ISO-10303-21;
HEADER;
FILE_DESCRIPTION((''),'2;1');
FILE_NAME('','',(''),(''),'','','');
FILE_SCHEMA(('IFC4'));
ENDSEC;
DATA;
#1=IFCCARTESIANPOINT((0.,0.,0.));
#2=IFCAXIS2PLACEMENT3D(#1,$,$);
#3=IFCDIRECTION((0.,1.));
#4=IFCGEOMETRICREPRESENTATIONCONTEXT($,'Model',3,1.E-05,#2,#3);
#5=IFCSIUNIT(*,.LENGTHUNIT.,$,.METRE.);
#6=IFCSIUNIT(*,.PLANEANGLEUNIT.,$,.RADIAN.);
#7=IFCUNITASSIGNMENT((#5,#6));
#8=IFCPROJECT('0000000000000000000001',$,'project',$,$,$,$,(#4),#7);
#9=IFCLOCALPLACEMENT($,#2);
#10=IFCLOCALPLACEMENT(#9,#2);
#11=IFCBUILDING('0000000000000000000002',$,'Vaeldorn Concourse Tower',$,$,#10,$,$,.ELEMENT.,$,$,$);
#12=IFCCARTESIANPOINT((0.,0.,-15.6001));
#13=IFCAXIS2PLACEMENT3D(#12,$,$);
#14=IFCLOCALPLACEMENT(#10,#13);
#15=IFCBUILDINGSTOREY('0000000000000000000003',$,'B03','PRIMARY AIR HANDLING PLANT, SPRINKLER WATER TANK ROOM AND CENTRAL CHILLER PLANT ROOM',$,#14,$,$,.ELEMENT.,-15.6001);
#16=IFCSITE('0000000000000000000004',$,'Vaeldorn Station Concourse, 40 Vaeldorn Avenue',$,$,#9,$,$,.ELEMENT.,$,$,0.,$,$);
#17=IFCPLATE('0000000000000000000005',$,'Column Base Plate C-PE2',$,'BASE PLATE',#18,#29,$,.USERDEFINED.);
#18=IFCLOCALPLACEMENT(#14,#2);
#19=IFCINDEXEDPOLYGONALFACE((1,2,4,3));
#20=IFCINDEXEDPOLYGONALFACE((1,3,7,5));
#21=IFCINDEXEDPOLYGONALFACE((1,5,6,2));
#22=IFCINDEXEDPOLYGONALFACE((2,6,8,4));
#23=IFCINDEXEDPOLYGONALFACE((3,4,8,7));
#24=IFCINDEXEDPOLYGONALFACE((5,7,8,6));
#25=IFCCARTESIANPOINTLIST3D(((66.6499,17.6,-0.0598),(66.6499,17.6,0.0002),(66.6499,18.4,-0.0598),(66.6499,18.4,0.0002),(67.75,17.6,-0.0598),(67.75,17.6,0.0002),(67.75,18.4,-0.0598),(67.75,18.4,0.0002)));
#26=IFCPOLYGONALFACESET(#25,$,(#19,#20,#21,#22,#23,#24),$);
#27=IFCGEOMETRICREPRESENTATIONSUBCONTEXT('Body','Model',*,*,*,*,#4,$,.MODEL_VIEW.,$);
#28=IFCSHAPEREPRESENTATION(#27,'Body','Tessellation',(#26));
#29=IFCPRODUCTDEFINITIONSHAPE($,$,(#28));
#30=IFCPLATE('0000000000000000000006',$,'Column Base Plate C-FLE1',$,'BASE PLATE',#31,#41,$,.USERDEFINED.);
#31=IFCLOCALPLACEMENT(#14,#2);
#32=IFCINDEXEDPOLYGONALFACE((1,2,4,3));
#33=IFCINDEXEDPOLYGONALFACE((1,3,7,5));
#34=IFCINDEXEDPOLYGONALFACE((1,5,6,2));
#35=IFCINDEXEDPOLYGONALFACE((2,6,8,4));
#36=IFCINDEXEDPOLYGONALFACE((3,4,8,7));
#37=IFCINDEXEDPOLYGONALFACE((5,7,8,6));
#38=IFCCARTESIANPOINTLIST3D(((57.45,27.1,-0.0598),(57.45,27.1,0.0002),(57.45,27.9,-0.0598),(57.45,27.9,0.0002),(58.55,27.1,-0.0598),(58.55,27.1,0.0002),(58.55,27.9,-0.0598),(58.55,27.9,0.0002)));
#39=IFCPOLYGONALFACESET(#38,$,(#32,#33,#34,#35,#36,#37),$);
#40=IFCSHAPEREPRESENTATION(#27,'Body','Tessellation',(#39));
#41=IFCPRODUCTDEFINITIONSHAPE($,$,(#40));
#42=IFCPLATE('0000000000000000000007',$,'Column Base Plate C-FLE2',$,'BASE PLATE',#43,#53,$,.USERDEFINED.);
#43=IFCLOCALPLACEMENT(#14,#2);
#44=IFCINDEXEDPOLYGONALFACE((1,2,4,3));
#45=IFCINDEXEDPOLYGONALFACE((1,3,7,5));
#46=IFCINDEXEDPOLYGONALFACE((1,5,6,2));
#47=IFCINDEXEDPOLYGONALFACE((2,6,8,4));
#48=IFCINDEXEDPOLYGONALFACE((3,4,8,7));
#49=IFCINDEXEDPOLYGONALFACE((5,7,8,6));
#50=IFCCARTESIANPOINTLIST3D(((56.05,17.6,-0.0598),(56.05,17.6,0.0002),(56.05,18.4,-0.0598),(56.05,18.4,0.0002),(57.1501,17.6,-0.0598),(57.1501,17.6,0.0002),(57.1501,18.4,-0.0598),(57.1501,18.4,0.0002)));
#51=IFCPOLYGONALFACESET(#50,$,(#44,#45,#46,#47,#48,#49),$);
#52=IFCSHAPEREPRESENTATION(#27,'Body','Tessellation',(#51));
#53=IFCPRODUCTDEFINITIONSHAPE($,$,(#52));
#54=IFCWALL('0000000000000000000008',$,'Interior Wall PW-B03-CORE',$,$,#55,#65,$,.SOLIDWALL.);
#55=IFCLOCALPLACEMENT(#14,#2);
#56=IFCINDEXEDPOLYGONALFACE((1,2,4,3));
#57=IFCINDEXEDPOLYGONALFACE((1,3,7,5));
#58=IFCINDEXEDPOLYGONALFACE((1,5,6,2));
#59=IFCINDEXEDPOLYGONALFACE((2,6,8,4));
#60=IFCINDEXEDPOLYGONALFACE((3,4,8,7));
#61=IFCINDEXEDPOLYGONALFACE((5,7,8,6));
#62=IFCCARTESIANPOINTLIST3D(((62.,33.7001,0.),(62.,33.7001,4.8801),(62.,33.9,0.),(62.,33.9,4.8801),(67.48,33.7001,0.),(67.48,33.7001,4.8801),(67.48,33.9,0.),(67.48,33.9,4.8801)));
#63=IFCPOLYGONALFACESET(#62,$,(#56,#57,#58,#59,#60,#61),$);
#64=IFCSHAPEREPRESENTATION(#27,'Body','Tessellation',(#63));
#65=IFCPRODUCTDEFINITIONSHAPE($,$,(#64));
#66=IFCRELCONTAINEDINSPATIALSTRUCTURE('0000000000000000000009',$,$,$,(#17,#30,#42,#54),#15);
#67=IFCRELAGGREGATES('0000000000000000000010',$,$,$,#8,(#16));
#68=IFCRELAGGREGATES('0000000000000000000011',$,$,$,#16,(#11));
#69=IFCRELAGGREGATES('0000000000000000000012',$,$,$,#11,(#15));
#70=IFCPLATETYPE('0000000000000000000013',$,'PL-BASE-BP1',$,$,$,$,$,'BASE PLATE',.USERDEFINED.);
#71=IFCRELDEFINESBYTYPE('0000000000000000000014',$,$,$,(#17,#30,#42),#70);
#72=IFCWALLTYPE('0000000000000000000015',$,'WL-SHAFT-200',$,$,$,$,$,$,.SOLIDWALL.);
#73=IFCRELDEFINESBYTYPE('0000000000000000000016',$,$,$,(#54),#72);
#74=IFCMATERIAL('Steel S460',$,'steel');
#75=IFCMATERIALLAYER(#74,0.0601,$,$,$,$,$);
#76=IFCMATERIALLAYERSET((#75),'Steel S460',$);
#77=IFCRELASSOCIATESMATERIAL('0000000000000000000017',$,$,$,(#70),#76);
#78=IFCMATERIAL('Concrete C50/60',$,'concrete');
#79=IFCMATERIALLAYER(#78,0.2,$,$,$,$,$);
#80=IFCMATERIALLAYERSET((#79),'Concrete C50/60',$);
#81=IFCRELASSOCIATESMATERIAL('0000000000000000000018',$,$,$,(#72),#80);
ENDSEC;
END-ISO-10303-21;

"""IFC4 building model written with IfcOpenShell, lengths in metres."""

from ifc_helpers import new_model, si_unit, direction, frame, frame_2d, origin, origin_2d, place, context, subcontext, project, spatial, rectangle, extrude, source, transform, mapped, material, layer, layer_set, type_object, element, save


model = new_model("IFC4")

# Units and contexts
model_context = context("Model", 3, precision=1e-05, world=origin(), true_north=direction((0.0, 1.0)))
body_context = subcontext(model_context, "Body", "Model", "MODEL_VIEW")
ifc_project = project(units=[si_unit("LENGTHUNIT", "METRE"), si_unit("PLANEANGLEUNIT", "RADIAN")], contexts=[model_context])

# Site, building, storey
site_placement = place(None, origin())
site = spatial("IfcSite", under=ifc_project, at=site_placement, Name="Vaeldorn Station Concourse, 40 Vaeldorn Avenue", CompositionType="ELEMENT", RefElevation=0.0)
building_placement = place(site_placement, origin())
building = spatial("IfcBuilding", under=site, at=building_placement, Name="Vaeldorn Concourse Tower", CompositionType="ELEMENT")
storey_placement = place(building_placement, frame((0.0, 0.0, -15.6001)))
storey = spatial("IfcBuildingStorey", under=building, at=storey_placement, Name="B03", Description="PRIMARY AIR HANDLING PLANT, SPRINKLER WATER TANK ROOM AND CENTRAL CHILLER PLANT ROOM", CompositionType="ELEMENT", Elevation=-15.6001)

# Shared definitions
ifc_material_1 = material(Name="Concrete C50/60", Category="concrete")

# Shared definitions
ifc_material_2 = material(Name="Steel S460", Category="steel")

# Plates
ifc_layer_1 = layer(ifc_material_2, 0.0601)
ifc_layer_set_1 = layer_set([ifc_layer_1], Name="Steel S460")
plate_type = type_object("IfcPlateType", Name="PL-BASE-BP1", ElementType="BASE PLATE", PredefinedType="USERDEFINED", material=ifc_layer_set_1)
shared_shape_1 = source(origin(), body_context, "Body", "SweptSolid", [
    extrude(rectangle(XDim=1.1001, YDim=0.8, at=origin_2d()), origin(), (0.0, 0.0, 1.0), 0.0601),
])
for number, where, z_axis, x_axis, name in (
    (1, (67.2, 18.0, -0.0598), (0.0, 0.0, 1.0), (1.0, 0.0, 0.0), "Column Base Plate C-PE2"),
    (2, (58.0, 27.5, -0.0598), (0.0, 0.0, 1.0), (1.0, 0.0, 0.0), "Column Base Plate C-FLE1"),
    (3, (56.6001, 18.0, -0.0598), (0.0, 0.0, 1.0), (1.0, 0.0, 0.0), "Column Base Plate C-FLE2"),
):
    element("IfcPlate", number, at=place(storey_placement, frame(where, z_axis=z_axis, x_axis=x_axis)), inside=storey, type_object=plate_type, Name=name, ObjectType="BASE PLATE", PredefinedType="USERDEFINED", context=body_context, shape_type="MappedRepresentation", body=[
        mapped(shared_shape_1, transform((0.0, 0.0, 0.0), scale=1.0)),
    ])

# Wall
ifc_layer_2 = layer(ifc_material_1, 0.2)
ifc_layer_set_2 = layer_set([ifc_layer_2], Name="Concrete C50/60")
wall_type = type_object("IfcWallType", Name="WL-SHAFT-200", PredefinedType="SOLIDWALL", material=ifc_layer_set_2)
wall_placement = place(storey_placement, frame((62.0, 33.8, 0.0), z_axis=(0.0, 0.0, 1.0), x_axis=(1.0, 0.0, 0.0)))
element("IfcWall", 4, at=wall_placement, inside=storey, type_object=wall_type, Name="Interior Wall PW-B03-CORE", PredefinedType="SOLIDWALL", context=body_context, shape_type="SweptSolid", body=[
    extrude(rectangle(XDim=5.48, YDim=0.2, at=frame_2d((2.74, 0.0))), origin(), (0.0, 0.0, 1.0), 4.8801),
])

save(model, "model.ifc")
